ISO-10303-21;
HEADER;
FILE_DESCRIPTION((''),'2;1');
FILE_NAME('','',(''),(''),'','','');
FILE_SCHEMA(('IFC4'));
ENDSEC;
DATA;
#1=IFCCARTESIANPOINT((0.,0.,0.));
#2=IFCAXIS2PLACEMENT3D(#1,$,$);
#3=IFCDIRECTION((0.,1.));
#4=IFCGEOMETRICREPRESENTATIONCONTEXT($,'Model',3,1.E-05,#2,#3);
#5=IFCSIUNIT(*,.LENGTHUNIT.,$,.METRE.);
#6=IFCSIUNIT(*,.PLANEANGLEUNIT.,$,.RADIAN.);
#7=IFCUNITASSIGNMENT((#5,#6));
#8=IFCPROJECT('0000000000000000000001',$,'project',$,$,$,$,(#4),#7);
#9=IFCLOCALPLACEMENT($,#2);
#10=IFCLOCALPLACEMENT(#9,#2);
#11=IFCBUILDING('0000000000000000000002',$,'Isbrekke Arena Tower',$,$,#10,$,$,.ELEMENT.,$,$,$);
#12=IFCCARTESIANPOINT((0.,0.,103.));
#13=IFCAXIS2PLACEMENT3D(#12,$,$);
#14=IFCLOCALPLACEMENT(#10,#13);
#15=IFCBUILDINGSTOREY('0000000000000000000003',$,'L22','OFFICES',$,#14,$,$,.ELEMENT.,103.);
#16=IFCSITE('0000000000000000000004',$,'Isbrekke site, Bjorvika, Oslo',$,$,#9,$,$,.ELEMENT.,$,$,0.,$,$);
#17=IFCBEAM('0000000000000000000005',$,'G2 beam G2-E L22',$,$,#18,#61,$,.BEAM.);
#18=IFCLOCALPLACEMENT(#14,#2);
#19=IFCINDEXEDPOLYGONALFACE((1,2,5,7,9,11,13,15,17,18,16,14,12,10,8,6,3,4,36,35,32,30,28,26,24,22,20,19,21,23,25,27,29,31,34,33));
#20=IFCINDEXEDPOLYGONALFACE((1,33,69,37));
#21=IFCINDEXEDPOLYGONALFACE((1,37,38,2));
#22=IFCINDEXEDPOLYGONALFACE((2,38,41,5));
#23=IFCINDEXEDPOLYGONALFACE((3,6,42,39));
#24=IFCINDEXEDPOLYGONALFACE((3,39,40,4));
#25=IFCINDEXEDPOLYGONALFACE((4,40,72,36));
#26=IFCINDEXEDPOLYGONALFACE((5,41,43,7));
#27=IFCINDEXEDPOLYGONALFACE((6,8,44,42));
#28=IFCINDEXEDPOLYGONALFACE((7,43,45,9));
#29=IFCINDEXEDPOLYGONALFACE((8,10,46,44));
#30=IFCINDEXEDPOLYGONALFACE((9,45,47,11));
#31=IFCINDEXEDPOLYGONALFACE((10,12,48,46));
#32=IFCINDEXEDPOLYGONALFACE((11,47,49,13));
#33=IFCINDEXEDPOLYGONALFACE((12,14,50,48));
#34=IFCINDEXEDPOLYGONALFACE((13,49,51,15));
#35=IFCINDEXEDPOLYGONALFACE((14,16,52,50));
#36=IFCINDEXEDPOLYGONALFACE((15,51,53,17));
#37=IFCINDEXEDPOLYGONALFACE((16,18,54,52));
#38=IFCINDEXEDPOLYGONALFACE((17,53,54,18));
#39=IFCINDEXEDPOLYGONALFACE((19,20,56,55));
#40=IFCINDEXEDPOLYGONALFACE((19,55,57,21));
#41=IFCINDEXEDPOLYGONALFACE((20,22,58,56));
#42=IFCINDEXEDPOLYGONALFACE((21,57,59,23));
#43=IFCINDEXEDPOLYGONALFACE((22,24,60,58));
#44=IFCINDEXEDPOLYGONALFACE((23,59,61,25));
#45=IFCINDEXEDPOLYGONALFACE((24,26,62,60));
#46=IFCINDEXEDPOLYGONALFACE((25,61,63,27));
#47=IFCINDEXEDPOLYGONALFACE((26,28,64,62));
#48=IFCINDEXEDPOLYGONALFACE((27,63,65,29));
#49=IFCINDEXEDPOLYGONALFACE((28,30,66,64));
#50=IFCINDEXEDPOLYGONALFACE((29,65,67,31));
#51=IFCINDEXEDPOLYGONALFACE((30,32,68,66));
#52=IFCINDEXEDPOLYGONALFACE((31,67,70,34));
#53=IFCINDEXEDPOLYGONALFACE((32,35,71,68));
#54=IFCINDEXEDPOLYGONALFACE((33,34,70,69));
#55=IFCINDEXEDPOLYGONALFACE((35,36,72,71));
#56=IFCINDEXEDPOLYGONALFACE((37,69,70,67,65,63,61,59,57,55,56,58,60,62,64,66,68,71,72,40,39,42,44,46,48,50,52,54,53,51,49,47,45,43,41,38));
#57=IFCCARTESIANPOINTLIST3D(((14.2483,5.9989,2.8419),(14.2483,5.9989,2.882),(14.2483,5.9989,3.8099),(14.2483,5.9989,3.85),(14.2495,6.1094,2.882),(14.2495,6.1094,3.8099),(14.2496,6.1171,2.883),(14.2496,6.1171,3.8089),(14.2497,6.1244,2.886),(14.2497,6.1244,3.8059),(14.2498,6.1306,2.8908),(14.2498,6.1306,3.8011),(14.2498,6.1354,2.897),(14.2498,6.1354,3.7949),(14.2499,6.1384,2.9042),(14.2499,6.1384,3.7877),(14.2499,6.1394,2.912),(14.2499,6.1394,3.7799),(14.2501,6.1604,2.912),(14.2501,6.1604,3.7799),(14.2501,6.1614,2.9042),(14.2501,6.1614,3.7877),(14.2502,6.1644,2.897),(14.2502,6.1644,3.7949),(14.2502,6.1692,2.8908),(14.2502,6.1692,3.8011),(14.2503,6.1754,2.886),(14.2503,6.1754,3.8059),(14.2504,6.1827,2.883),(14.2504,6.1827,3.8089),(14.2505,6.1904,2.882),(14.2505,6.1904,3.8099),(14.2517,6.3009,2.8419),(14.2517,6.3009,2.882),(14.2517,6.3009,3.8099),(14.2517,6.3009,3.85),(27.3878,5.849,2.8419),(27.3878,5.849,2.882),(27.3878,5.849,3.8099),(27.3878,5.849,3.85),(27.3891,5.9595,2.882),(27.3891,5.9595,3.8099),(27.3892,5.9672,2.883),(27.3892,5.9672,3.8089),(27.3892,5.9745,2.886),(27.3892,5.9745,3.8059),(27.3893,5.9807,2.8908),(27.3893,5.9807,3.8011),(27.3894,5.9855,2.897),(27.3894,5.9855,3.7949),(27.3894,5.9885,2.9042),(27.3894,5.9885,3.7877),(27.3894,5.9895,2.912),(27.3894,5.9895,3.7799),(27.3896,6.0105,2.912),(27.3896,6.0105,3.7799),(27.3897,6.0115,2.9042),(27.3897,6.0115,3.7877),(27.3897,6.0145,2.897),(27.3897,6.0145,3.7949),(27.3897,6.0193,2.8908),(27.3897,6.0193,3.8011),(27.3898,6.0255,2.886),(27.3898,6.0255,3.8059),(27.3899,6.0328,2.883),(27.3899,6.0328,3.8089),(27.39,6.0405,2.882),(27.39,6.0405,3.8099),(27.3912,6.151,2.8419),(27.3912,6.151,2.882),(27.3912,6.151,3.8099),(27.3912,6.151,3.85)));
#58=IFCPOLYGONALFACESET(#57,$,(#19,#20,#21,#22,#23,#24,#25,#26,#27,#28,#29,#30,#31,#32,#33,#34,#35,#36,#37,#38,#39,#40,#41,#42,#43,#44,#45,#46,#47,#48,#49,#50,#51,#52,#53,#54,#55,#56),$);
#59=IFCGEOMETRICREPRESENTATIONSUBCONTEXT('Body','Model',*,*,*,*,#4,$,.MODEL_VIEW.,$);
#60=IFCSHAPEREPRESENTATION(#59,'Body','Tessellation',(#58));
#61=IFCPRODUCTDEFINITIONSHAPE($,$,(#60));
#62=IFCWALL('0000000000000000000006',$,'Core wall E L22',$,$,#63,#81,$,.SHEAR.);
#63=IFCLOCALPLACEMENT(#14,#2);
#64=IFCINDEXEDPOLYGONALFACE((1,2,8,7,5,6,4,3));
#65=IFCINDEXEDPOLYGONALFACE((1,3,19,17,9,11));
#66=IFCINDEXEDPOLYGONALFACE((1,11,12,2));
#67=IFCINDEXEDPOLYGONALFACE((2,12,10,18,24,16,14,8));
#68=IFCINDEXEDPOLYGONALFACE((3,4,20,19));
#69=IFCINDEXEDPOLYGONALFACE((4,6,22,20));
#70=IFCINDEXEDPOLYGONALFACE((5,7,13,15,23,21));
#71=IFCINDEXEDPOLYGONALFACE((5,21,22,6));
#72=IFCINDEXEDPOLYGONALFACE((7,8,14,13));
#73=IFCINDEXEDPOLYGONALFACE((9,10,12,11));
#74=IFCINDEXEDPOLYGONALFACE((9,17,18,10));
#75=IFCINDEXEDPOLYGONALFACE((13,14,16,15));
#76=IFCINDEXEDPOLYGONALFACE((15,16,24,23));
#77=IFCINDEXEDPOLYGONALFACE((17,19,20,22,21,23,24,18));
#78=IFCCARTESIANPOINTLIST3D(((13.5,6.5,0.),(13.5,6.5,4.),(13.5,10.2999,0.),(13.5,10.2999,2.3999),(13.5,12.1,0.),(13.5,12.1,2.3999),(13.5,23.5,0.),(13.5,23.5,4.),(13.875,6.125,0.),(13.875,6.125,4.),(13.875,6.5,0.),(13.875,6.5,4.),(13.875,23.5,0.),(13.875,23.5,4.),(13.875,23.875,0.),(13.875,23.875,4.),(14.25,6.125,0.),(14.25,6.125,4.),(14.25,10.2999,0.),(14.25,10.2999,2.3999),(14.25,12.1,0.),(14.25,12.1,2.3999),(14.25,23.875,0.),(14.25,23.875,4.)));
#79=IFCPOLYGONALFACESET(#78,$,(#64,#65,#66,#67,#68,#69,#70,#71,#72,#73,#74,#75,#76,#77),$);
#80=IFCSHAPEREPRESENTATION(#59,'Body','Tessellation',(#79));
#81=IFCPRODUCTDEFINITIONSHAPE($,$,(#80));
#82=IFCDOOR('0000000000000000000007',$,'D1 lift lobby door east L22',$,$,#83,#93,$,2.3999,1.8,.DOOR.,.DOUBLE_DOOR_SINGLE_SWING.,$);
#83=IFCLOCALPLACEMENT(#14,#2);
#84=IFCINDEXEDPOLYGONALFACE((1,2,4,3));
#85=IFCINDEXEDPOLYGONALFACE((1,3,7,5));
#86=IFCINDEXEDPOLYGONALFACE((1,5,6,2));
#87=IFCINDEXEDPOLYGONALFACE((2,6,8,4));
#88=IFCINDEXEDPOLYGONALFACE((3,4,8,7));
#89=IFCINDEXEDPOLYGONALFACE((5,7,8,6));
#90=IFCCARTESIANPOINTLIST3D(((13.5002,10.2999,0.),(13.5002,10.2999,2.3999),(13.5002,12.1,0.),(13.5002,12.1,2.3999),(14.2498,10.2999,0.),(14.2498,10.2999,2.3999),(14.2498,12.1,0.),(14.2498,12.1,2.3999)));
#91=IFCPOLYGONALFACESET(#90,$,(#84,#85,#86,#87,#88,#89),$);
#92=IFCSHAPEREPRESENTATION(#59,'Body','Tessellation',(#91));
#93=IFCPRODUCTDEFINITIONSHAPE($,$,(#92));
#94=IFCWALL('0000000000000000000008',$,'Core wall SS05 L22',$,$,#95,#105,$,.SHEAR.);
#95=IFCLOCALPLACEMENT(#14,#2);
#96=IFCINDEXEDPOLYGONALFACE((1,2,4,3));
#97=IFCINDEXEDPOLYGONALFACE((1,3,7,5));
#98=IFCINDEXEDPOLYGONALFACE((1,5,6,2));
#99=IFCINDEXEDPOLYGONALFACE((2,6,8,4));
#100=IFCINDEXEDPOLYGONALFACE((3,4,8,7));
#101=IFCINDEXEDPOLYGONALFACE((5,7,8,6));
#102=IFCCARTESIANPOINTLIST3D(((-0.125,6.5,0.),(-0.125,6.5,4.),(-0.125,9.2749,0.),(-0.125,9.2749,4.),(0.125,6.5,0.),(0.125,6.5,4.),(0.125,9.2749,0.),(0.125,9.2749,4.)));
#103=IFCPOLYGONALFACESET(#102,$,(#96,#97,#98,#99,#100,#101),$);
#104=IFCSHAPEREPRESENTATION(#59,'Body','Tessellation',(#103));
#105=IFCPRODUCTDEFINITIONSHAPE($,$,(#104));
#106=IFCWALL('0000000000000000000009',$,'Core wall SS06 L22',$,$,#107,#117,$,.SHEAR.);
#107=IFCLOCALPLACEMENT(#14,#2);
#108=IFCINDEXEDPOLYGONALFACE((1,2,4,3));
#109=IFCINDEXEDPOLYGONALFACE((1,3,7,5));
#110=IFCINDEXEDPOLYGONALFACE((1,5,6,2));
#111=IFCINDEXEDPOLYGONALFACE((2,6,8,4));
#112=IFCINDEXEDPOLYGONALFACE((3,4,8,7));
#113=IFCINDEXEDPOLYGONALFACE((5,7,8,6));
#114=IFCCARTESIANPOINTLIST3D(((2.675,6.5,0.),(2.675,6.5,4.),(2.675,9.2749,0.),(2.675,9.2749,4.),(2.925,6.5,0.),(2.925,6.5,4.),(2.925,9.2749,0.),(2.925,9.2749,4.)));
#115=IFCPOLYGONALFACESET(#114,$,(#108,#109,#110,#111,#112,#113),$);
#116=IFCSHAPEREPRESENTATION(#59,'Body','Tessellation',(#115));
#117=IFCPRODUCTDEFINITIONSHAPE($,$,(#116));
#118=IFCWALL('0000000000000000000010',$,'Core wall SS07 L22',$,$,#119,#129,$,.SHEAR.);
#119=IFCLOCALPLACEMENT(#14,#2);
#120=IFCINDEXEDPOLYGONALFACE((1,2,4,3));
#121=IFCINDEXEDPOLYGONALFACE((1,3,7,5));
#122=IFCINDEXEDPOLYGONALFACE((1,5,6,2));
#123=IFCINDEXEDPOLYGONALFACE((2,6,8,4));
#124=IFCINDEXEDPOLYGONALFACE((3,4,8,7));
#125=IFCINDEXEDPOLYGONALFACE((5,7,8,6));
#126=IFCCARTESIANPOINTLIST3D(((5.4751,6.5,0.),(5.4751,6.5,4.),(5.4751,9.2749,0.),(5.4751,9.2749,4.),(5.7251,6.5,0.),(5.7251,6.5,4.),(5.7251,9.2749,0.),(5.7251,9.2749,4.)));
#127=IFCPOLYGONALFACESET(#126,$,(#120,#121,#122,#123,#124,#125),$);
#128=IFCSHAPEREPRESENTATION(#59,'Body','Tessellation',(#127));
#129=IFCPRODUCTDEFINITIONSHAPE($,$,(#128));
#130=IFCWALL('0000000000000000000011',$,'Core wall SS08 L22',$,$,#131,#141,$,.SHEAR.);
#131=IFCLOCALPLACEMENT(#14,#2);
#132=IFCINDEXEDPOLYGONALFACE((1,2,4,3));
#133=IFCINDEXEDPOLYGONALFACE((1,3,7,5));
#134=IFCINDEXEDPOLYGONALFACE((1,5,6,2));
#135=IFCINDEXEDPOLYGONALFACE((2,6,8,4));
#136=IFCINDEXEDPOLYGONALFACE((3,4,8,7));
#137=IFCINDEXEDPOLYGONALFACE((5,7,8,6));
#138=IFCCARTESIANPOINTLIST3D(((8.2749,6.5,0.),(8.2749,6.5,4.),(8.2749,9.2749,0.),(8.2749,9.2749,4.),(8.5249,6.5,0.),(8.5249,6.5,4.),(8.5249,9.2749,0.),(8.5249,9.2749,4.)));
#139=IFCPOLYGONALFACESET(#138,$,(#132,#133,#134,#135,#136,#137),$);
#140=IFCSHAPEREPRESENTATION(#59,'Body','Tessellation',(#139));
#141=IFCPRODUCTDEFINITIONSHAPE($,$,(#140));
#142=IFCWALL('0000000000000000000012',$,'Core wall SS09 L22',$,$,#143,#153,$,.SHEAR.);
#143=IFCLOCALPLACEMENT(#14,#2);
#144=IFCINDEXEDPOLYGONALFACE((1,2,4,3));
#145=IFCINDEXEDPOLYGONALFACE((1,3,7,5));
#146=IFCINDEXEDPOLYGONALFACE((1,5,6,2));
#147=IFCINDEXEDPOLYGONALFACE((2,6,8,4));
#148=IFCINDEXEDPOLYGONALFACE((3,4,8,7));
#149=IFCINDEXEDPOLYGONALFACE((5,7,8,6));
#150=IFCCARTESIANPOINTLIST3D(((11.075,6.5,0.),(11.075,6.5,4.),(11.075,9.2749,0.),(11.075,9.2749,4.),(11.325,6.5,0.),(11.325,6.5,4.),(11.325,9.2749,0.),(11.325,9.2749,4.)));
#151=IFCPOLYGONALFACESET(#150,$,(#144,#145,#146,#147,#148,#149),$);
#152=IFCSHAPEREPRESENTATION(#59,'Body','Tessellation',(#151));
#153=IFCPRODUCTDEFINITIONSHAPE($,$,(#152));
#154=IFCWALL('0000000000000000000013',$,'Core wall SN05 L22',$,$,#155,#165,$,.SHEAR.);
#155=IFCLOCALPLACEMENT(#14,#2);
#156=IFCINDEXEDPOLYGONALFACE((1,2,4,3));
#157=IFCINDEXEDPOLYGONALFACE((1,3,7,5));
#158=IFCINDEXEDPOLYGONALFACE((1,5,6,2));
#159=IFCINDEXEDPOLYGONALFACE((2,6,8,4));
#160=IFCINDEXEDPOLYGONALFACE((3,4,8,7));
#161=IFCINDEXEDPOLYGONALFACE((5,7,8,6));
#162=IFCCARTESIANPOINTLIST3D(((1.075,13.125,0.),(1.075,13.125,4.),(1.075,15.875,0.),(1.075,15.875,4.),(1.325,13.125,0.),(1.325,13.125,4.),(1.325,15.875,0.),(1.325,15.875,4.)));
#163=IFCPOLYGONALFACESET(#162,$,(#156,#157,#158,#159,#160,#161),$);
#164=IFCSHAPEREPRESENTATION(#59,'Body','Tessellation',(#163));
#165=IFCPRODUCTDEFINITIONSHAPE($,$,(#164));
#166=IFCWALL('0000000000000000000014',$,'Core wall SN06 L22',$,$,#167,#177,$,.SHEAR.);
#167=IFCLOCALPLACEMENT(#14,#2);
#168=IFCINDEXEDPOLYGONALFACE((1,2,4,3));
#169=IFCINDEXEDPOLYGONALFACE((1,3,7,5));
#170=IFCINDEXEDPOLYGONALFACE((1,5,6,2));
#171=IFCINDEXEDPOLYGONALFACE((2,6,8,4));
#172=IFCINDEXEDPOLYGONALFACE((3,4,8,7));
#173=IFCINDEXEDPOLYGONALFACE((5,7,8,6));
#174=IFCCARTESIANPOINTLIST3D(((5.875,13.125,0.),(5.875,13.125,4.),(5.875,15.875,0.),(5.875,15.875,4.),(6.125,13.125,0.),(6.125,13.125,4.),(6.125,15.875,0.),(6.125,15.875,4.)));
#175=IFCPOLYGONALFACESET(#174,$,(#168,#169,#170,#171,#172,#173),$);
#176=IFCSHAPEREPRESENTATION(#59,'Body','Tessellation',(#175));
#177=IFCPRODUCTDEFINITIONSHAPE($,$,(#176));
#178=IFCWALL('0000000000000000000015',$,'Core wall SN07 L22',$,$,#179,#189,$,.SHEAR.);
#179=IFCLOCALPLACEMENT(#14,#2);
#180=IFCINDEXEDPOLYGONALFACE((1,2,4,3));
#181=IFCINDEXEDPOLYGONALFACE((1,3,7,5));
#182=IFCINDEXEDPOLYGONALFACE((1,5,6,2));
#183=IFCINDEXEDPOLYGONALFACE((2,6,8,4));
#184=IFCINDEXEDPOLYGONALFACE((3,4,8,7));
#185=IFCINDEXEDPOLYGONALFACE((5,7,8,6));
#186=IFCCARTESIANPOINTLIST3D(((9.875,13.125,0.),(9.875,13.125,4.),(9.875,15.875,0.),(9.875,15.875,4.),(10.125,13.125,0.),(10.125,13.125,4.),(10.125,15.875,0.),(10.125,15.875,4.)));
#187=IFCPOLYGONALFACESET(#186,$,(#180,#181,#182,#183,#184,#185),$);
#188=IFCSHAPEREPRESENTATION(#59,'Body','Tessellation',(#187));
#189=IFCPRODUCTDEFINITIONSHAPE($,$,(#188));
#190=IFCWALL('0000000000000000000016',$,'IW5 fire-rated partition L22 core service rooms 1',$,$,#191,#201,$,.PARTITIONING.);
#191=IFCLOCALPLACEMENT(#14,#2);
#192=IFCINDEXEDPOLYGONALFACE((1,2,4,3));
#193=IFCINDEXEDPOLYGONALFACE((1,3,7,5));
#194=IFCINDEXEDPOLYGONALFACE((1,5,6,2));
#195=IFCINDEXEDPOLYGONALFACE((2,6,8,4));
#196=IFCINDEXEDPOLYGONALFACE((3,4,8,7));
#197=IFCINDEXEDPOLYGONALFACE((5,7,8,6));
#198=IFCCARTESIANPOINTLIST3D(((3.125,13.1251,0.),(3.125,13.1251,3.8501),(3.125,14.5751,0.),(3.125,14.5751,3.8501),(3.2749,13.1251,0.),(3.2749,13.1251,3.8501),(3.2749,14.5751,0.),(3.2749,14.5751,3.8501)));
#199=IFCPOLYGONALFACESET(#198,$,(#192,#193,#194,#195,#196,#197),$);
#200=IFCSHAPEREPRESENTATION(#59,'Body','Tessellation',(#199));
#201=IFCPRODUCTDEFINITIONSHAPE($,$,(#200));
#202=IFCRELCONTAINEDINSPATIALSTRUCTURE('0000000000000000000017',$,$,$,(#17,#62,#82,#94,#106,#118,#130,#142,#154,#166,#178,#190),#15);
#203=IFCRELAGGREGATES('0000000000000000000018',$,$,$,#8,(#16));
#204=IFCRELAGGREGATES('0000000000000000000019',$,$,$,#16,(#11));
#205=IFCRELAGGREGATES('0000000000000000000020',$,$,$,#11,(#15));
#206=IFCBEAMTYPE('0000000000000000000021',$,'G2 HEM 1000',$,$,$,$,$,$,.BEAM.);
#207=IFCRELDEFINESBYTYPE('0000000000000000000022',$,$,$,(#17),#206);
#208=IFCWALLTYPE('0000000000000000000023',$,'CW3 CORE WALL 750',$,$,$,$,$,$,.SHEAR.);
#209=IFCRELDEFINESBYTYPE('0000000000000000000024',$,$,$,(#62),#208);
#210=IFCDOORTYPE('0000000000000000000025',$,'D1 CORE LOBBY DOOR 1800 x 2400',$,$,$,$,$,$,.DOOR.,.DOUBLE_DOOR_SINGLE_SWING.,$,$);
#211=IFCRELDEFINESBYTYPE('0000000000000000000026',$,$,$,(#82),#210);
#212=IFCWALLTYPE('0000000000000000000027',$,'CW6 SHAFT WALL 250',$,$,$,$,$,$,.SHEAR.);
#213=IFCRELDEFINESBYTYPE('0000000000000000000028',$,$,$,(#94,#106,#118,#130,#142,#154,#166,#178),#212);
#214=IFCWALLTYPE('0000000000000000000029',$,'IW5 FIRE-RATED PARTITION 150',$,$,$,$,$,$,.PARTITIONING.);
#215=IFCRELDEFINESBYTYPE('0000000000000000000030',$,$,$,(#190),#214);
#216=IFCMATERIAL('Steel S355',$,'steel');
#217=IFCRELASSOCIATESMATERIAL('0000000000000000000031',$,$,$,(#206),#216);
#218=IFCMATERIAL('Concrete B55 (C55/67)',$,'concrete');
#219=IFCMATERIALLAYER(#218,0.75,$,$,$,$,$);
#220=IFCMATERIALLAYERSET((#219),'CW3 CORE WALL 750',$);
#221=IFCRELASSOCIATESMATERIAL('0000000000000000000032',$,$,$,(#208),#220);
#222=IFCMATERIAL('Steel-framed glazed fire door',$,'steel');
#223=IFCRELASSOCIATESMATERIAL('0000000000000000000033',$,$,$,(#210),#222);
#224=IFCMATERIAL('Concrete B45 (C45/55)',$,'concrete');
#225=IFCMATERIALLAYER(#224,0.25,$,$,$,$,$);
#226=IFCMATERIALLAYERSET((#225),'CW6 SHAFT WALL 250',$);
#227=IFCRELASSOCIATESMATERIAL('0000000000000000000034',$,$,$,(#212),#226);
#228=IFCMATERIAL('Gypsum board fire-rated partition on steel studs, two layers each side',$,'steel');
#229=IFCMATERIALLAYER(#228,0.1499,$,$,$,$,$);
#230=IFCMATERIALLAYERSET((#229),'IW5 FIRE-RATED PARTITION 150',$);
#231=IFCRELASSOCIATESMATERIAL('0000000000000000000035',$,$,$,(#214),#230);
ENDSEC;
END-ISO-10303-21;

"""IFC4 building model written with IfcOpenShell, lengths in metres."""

from ifc_helpers import new_model, si_unit, direction, frame, frame_2d, origin, origin_2d, place, context, subcontext, project, spatial, polyline, rectangle, i_section, outline, extrude, material, layer, layer_set, material_profile, profile_set, type_object, element, fill, save


model = new_model("IFC4")

# Units and contexts
model_context = context("Model", 3, precision=1e-05, world=origin(), true_north=direction((0.0, 1.0)))
body_context = subcontext(model_context, "Body", "Model", "MODEL_VIEW")
ifc_project = project(units=[si_unit("LENGTHUNIT", "METRE"), si_unit("PLANEANGLEUNIT", "RADIAN")], contexts=[model_context])

# Site, building, storey
site_placement = place(None, origin())
site = spatial("IfcSite", under=ifc_project, at=site_placement, Name="Isbrekke site, Bjorvika, Oslo", CompositionType="ELEMENT", RefElevation=0.0)
building_placement = place(site_placement, origin())
building = spatial("IfcBuilding", under=site, at=building_placement, Name="Isbrekke Arena Tower", CompositionType="ELEMENT")
storey_placement = place(building_placement, frame((0.0, 0.0, 103.0)))
storey = spatial("IfcBuildingStorey", under=building, at=storey_placement, Name="L22", Description="OFFICES", CompositionType="ELEMENT", Elevation=103.0)

# Beam
ifc_material_1 = material(Name="Steel S355", Category="steel")
ifc_material_profile = material_profile(ifc_material_1, i_section(OverallWidth=0.302, OverallDepth=1.0081, WebThickness=0.021, FlangeThickness=0.04, FilletRadius=0.03, at=origin_2d()), Name="HEM 1000")
ifc_profile_set = profile_set([ifc_material_profile], Name="Steel S355")
beam_type = type_object("IfcBeamType", Name="G2 HEM 1000", PredefinedType="BEAM", material=ifc_profile_set)
beam_placement = place(storey_placement, frame((14.25, 6.1499, 3.3459), z_axis=(0.999935, -0.011408, 0.0), x_axis=(0.011408, 0.999935, 0.0)))
element("IfcBeam", 1, at=beam_placement, inside=storey, type_object=beam_type, Name="G2 beam G2-E L22", PredefinedType="BEAM", context=body_context, shape_type="SweptSolid", body=[
    extrude(i_section(OverallWidth=0.302, OverallDepth=1.0081, WebThickness=0.021, FlangeThickness=0.04, FilletRadius=0.03, at=origin_2d()), origin(), (0.0, 0.0, 1.0), 13.1404),
])

# Wall, opening, door
ifc_material_2 = material(Name="Concrete B55 (C55/67)", Category="concrete")
ifc_layer_1 = layer(ifc_material_2, 0.75)
ifc_layer_set_1 = layer_set([ifc_layer_1], Name="CW3 CORE WALL 750")
wall_type_1 = type_object("IfcWallType", Name="CW3 CORE WALL 750", PredefinedType="SHEAR", material=ifc_layer_set_1)
wall_1_placement = place(storey_placement, frame((13.875, 6.125, 0.0), z_axis=(0.0, 0.0, 1.0), x_axis=(0.0, 1.0, 0.0)))
wall_1 = element("IfcWall", 2, at=wall_1_placement, inside=storey, type_object=wall_type_1, Name="Core wall E L22", PredefinedType="SHEAR", context=body_context, shape_type="SweptSolid", body=[
    extrude(outline(polyline([(0.0, -0.375), (17.75, -0.375), (17.75, 0.0), (17.375, 0.0), (17.375, 0.375), (0.375, 0.375), (0.375, 0.0), (0.0, 0.0), (0.0, -0.375)])), origin(), (0.0, 0.0, 1.0), 4.0),
])
opening_placement = place(wall_1_placement, frame((4.175, 0.0, 0.0)))
opening = element("IfcOpeningElement", 3, at=opening_placement, cuts=wall_1, PredefinedType="OPENING", context=body_context, shape_type="SweptSolid", body=[
    extrude(rectangle(XDim=1.8, YDim=2.3999, at=frame_2d((0.8999, 1.2))), frame((0.0, 0.3899, 0.0), z_axis=(0.0, -1.0, 0.0), x_axis=(1.0, 0.0, 0.0)), (0.0, 0.0, 1.0), 0.7798),
])
ifc_material_3 = material(Name="Steel-framed glazed fire door", Category="steel")
door_type = type_object("IfcDoorType", Name="D1 CORE LOBBY DOOR 1800 x 2400", OperationType="DOUBLE_DOOR_SINGLE_SWING", PredefinedType="DOOR", material=ifc_material_3)
door_placement = place(opening_placement, origin())
door = element("IfcDoor", 4, at=door_placement, inside=storey, type_object=door_type, Name="D1 lift lobby door east L22", OperationType="DOUBLE_DOOR_SINGLE_SWING", OverallHeight=2.3999, OverallWidth=1.8, PredefinedType="DOOR", context=body_context, shape_type="SweptSolid", body=[
    extrude(rectangle(XDim=1.8, YDim=2.3999, at=frame_2d((0.8999, 1.2))), frame((0.0, 0.3748, 0.0), z_axis=(0.0, -1.0, 0.0), x_axis=(1.0, 0.0, 0.0)), (0.0, 0.0, 1.0), 0.7495),
])
fill(opening, door)

# Walls
ifc_material_4 = material(Name="Concrete B45 (C45/55)", Category="concrete")
ifc_layer_2 = layer(ifc_material_4, 0.25)
ifc_layer_set_2 = layer_set([ifc_layer_2], Name="CW6 SHAFT WALL 250")
wall_type_2 = type_object("IfcWallType", Name="CW6 SHAFT WALL 250", PredefinedType="SHEAR", material=ifc_layer_set_2)
for number, where, z_axis, x_axis, name in (
    (5, (0.0, 6.5, 0.0), (0.0, 0.0, 1.0), (0.0, 1.0, 0.0), "Core wall SS05 L22"),
    (6, (2.8, 6.5, 0.0), (0.0, 0.0, 1.0), (0.0, 1.0, 0.0), "Core wall SS06 L22"),
    (7, (5.6001, 6.5, 0.0), (0.0, 0.0, 1.0), (0.0, 1.0, 0.0), "Core wall SS07 L22"),
    (8, (8.3999, 6.5, 0.0), (0.0, 0.0, 1.0), (0.0, 1.0, 0.0), "Core wall SS08 L22"),
    (9, (11.2, 6.5, 0.0), (0.0, 0.0, 1.0), (0.0, 1.0, 0.0), "Core wall SS09 L22"),
):
    element("IfcWall", number, at=place(storey_placement, frame(where, z_axis=z_axis, x_axis=x_axis)), inside=storey, type_object=wall_type_2, Name=name, PredefinedType="SHEAR", context=body_context, shape_type="SweptSolid", body=[
        extrude(rectangle(XDim=2.7749, YDim=0.25, at=frame_2d((1.3875, 0.0))), origin(), (0.0, 0.0, 1.0), 4.0),
    ])
for number, where, z_axis, x_axis, name in (
    (10, (1.2, 13.125, 0.0), (0.0, 0.0, 1.0), (0.0, 1.0, 0.0), "Core wall SN05 L22"),
    (11, (6.0, 13.125, 0.0), (0.0, 0.0, 1.0), (0.0, 1.0, 0.0), "Core wall SN06 L22"),
    (12, (10.0, 13.125, 0.0), (0.0, 0.0, 1.0), (0.0, 1.0, 0.0), "Core wall SN07 L22"),
):
    element("IfcWall", number, at=place(storey_placement, frame(where, z_axis=z_axis, x_axis=x_axis)), inside=storey, type_object=wall_type_2, Name=name, PredefinedType="SHEAR", context=body_context, shape_type="SweptSolid", body=[
        extrude(rectangle(XDim=2.75, YDim=0.25, at=frame_2d((1.375, 0.0))), origin(), (0.0, 0.0, 1.0), 4.0),
    ])
ifc_material_5 = material(Name="Gypsum board fire-rated partition on steel studs, two layers each side", Category="steel")
ifc_layer_3 = layer(ifc_material_5, 0.1499)
ifc_layer_set_3 = layer_set([ifc_layer_3], Name="IW5 FIRE-RATED PARTITION 150")
wall_type_3 = type_object("IfcWallType", Name="IW5 FIRE-RATED PARTITION 150", PredefinedType="PARTITIONING", material=ifc_layer_set_3)
wall_2_placement = place(storey_placement, frame((3.2, 13.125, 0.0), z_axis=(0.0, 0.0, 1.0), x_axis=(0.0, 1.0, 0.0)))
element("IfcWall", 13, at=wall_2_placement, inside=storey, type_object=wall_type_3, Name="IW5 fire-rated partition L22 core service rooms 1", PredefinedType="PARTITIONING", context=body_context, shape_type="SweptSolid", body=[
    extrude(rectangle(XDim=1.45, YDim=0.1499, at=frame_2d((0.7251, 0.0))), origin(), (0.0, 0.0, 1.0), 3.8501),
])

save(model, "model.ifc")
